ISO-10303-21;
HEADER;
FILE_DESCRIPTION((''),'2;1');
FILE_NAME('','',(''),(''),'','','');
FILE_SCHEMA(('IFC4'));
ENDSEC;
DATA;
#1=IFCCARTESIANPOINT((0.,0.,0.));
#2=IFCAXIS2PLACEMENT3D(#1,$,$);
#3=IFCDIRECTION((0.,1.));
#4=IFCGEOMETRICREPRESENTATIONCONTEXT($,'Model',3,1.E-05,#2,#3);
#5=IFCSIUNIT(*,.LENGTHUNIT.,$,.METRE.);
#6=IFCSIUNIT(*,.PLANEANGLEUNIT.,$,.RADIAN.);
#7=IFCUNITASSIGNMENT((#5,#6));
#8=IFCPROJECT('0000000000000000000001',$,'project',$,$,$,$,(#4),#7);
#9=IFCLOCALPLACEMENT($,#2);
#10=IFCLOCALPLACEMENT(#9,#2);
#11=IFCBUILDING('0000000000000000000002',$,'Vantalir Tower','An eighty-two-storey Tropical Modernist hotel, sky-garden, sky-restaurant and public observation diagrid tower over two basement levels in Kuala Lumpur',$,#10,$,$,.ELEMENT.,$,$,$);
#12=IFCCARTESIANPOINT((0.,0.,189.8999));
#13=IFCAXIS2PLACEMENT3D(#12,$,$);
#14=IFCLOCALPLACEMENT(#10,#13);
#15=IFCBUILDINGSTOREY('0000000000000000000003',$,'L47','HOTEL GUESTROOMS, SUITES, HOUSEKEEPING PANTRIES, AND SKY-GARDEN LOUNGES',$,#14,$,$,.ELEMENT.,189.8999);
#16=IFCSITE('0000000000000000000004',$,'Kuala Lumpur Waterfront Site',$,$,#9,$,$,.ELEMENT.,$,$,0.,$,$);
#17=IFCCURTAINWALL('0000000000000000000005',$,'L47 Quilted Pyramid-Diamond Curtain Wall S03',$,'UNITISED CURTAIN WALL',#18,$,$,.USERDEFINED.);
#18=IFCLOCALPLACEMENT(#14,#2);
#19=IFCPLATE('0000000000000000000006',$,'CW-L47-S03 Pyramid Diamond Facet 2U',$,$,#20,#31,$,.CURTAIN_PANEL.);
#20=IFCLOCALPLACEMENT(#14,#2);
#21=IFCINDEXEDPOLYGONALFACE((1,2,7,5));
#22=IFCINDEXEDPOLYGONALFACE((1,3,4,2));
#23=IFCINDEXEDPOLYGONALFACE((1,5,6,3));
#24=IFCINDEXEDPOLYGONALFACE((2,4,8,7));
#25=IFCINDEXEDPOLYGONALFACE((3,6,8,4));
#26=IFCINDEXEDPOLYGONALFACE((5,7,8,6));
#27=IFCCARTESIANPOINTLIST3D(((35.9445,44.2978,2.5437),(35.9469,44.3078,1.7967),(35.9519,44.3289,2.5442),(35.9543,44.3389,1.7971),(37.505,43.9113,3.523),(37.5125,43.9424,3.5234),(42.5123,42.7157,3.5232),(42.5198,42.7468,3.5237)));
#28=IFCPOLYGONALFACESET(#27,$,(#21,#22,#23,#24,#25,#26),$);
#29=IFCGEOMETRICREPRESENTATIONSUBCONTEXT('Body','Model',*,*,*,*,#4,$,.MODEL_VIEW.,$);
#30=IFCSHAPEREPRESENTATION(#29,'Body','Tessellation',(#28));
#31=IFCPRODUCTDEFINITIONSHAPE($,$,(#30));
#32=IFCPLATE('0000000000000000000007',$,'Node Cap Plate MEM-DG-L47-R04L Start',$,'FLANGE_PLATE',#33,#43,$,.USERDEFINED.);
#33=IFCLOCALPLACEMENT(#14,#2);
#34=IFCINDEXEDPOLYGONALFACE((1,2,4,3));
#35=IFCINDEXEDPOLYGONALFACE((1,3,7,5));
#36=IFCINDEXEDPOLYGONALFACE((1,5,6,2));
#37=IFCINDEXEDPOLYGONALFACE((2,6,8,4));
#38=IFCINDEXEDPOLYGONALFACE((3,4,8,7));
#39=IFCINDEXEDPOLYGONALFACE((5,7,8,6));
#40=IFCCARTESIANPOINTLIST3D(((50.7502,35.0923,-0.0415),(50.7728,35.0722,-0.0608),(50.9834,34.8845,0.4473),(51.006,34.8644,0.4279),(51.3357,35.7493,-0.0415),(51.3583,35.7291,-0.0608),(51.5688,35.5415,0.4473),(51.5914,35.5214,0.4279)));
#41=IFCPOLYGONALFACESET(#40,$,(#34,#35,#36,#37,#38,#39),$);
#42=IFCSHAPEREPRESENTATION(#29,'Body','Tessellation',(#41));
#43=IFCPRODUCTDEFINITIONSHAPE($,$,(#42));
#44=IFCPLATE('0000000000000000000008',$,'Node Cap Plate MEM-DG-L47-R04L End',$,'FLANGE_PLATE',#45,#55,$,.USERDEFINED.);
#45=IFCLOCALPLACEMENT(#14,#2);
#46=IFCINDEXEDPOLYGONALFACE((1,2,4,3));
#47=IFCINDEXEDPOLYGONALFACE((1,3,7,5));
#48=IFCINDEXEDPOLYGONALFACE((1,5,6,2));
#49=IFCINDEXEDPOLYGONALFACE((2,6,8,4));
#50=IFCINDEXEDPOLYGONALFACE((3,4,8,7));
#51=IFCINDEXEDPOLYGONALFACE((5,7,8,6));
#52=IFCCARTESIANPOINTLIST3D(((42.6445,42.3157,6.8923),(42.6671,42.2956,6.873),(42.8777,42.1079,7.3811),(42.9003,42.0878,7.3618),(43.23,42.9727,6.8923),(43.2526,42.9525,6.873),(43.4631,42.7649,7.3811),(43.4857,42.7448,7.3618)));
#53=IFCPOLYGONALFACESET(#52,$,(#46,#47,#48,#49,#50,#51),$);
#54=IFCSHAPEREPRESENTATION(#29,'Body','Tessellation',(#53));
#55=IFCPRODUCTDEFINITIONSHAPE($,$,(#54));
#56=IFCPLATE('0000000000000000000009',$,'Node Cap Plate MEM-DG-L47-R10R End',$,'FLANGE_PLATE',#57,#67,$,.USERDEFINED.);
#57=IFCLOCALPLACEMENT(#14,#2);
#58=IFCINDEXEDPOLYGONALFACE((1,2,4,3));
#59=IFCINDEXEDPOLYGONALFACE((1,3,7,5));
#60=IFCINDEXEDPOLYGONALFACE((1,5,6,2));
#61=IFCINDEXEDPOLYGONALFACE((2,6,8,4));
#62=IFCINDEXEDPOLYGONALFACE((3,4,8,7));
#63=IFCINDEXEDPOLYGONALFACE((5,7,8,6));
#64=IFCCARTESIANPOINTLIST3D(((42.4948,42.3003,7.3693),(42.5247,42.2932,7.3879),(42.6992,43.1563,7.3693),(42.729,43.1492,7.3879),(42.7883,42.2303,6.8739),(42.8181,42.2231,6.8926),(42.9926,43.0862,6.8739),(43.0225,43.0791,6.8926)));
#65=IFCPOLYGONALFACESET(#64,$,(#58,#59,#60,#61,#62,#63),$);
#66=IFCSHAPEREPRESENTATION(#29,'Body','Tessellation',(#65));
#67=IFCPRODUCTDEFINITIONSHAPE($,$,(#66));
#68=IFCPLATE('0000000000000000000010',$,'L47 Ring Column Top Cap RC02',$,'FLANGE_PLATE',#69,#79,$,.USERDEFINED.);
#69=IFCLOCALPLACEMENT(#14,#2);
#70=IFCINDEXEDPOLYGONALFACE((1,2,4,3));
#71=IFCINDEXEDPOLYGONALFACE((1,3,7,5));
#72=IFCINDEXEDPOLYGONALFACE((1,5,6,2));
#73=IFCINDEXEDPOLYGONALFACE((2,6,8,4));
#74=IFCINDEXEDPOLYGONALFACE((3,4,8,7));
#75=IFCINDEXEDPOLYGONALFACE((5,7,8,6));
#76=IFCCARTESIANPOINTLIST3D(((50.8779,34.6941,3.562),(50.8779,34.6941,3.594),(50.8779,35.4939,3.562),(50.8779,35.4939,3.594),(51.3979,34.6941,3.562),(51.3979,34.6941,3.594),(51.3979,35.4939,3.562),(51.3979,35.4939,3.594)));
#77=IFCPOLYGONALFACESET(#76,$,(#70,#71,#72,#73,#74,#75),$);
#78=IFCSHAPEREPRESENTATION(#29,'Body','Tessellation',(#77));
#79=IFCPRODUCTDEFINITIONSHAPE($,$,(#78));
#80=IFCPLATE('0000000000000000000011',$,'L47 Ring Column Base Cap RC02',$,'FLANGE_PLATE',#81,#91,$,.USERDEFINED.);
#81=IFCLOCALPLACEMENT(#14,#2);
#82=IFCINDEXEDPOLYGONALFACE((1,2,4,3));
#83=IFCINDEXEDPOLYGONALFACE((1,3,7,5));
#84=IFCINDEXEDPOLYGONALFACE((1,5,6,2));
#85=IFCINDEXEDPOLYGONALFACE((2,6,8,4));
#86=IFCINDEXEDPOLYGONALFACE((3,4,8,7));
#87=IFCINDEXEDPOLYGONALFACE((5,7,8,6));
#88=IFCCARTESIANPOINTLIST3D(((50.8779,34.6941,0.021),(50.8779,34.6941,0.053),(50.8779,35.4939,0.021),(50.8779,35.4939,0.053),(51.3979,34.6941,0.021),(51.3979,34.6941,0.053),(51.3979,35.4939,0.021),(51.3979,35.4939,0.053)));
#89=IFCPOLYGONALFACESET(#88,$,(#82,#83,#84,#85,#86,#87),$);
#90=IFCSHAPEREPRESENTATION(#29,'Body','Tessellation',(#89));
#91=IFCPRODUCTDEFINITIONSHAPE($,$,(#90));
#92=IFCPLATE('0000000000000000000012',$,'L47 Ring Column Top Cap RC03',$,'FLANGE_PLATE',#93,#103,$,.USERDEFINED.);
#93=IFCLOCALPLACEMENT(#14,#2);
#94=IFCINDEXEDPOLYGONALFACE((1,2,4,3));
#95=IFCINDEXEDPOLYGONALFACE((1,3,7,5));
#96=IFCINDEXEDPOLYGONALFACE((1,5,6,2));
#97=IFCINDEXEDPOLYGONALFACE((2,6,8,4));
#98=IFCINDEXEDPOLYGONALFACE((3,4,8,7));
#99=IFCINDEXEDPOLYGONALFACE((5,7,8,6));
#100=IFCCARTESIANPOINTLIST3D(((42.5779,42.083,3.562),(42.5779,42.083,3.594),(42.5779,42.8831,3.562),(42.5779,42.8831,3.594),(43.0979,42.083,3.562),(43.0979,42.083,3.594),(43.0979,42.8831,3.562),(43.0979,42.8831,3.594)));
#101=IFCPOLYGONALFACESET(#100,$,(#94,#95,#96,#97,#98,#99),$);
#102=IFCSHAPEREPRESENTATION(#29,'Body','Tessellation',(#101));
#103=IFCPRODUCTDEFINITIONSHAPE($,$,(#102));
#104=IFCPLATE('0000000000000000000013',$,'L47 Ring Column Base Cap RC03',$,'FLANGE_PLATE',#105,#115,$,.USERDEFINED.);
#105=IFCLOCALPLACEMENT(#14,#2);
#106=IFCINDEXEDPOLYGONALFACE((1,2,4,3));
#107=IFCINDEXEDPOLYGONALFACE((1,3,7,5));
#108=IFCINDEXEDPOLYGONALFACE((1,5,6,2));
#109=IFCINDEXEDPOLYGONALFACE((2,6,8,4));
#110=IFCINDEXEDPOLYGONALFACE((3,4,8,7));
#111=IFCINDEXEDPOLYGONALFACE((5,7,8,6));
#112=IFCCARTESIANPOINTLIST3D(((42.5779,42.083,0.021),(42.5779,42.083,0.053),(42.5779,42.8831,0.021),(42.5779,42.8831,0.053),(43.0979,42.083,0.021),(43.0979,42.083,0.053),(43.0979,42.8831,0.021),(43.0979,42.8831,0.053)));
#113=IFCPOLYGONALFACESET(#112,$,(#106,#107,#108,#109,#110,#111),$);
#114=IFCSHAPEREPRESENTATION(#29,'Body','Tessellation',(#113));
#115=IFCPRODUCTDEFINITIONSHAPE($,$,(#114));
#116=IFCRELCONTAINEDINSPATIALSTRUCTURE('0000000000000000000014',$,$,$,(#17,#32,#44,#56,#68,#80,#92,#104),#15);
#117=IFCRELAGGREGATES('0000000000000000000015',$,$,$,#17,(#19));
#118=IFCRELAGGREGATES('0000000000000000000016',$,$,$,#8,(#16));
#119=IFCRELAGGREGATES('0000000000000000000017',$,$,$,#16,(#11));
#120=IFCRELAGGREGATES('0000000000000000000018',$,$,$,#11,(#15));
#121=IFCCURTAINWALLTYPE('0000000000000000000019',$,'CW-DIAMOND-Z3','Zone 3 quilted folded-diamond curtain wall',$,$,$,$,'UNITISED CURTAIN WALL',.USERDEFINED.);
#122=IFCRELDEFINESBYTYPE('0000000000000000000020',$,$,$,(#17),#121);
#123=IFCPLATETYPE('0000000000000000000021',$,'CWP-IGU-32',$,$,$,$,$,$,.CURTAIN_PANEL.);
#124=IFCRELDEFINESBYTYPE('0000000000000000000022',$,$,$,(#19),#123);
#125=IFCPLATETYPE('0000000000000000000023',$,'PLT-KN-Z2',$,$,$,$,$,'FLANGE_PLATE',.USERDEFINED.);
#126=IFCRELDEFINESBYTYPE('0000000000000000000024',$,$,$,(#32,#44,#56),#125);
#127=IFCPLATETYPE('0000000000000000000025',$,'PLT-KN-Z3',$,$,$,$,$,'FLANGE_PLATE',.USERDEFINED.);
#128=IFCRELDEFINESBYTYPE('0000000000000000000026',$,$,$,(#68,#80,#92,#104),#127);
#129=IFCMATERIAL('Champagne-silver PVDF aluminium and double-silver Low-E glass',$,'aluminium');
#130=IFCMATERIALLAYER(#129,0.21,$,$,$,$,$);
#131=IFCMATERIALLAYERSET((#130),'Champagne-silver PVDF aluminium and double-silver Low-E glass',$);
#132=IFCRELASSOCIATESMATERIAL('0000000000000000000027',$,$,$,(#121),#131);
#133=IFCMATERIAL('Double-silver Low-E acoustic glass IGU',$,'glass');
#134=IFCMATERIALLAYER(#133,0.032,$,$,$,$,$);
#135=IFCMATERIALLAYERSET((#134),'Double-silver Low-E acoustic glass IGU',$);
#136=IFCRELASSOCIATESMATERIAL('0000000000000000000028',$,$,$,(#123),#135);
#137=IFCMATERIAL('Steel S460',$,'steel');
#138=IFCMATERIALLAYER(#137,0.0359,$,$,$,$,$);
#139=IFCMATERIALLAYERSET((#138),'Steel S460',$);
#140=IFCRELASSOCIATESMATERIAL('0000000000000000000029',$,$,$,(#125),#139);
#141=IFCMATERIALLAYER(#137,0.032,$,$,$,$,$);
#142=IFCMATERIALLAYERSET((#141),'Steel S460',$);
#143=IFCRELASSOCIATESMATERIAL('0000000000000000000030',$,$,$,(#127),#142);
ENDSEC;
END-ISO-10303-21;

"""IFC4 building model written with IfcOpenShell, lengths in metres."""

from ifc_helpers import new_model, si_unit, direction, frame, origin, place, context, subcontext, project, spatial, polyline, outline, extrude, material, layer, layer_set, type_object, element, aggregate, save


model = new_model("IFC4")

# Units and contexts
model_context = context("Model", 3, precision=1e-05, world=origin(), true_north=direction((0.0, 1.0)))
body_context = subcontext(model_context, "Body", "Model", "MODEL_VIEW")
ifc_project = project(units=[si_unit("LENGTHUNIT", "METRE"), si_unit("PLANEANGLEUNIT", "RADIAN")], contexts=[model_context])

# Site, building, storey
site_placement = place(None, origin())
site = spatial("IfcSite", under=ifc_project, at=site_placement, Name="Kuala Lumpur Waterfront Site", CompositionType="ELEMENT", RefElevation=0.0)
building_placement = place(site_placement, origin())
building = spatial("IfcBuilding", under=site, at=building_placement, Name="Vantalir Tower", Description="An eighty-two-storey Tropical Modernist hotel, sky-garden, sky-restaurant and public observation diagrid tower over two basement levels in Kuala Lumpur", CompositionType="ELEMENT")
storey_placement = place(building_placement, frame((0.0, 0.0, 189.8999)))
storey = spatial("IfcBuildingStorey", under=building, at=storey_placement, Name="L47", Description="HOTEL GUESTROOMS, SUITES, HOUSEKEEPING PANTRIES, AND SKY-GARDEN LOUNGES", CompositionType="ELEMENT", Elevation=189.8999)

# Shared definitions
ifc_material_1 = material(Name="Steel S460", Category="steel")

# Shared definitions
ifc_material_2 = material(Name="Champagne-silver PVDF aluminium and double-silver Low-E glass", Category="aluminium")
ifc_layer_1 = layer(ifc_material_2, 0.21)
ifc_layer_set_1 = layer_set([ifc_layer_1], Name="Champagne-silver PVDF aluminium and double-silver Low-E glass")
curtain_wall_type = type_object("IfcCurtainWallType", Name="CW-DIAMOND-Z3", Description="Zone 3 quilted folded-diamond curtain wall", ElementType="UNITISED CURTAIN WALL", PredefinedType="USERDEFINED", material=ifc_layer_set_1)

# Curtain wall
curtain_wall_1_placement = place(storey_placement, origin())
curtain_wall_1 = element("IfcCurtainWall", 1, at=curtain_wall_1_placement, inside=storey, type_object=curtain_wall_type, Name="L47 Quilted Pyramid-Diamond Curtain Wall S03", ObjectType="UNITISED CURTAIN WALL", PredefinedType="USERDEFINED")

# Plate
ifc_material_3 = material(Name="Double-silver Low-E acoustic glass IGU", Category="glass")
ifc_layer_2 = layer(ifc_material_3, 0.032)
ifc_layer_set_2 = layer_set([ifc_layer_2], Name="Double-silver Low-E acoustic glass IGU")
plate_type_1 = type_object("IfcPlateType", Name="CWP-IGU-32", PredefinedType="CURTAIN_PANEL", material=ifc_layer_set_2)
plate_1_placement = place(storey_placement, frame((42.5198, 42.7468, 3.5237), z_axis=(0.232211, 0.972568, 0.013786), x_axis=(-0.97266, 0.232233, -0.000047)))
plate_1 = element("IfcPlate", 2, at=plate_1_placement, type_object=plate_type_1, Name="CW-L47-S03 Pyramid Diamond Facet 2U", PredefinedType="CURTAIN_PANEL", context=body_context, shape_type="SweptSolid", body=[
    extrude(outline(polyline([(0.0, 0.0), (5.1481, 0.0), (6.7558, -0.9793), (6.7557, -1.7264), (0.0, 0.0)])), origin(), (0.0, 0.0, -1.0), 0.032),
])
aggregate(curtain_wall_1, [plate_1])

# Plates
ifc_layer_3 = layer(ifc_material_1, 0.0359)
ifc_layer_set_3 = layer_set([ifc_layer_3], Name="Steel S460")
plate_type_2 = type_object("IfcPlateType", Name="PLT-KN-Z2", ElementType="FLANGE_PLATE", PredefinedType="USERDEFINED", material=ifc_layer_set_3)
for number, where, z_axis, x_axis, name in (
    (3, (51.3357, 35.7493, -0.0415), (-0.629128, 0.560628, 0.538418), (-0.665293, -0.746582, 0.0), "Node Cap Plate MEM-DG-L47-R04L Start"),
    (4, (43.23, 42.9727, 6.8923), (-0.629128, 0.560628, 0.538418), (-0.665293, -0.746582, 0.0), "Node Cap Plate MEM-DG-L47-R04L End"),
):
    element("IfcPlate", number, at=place(storey_placement, frame(where, z_axis=z_axis, x_axis=x_axis)), inside=storey, type_object=plate_type_2, Name=name, ObjectType="FLANGE_PLATE", PredefinedType="USERDEFINED", context=body_context, shape_type="SweptSolid", body=[
        extrude(outline(polyline([(0.0, 0.0), (0.88, 0.0), (0.88, 0.58), (0.0, 0.58), (0.0, 0.0)])), origin(), (0.0, 0.0, -1.0), 0.0359),
    ])
plate_2_placement = place(storey_placement, frame((42.8181, 42.2231, 6.8926), z_axis=(0.830715, -0.198319, 0.520176), x_axis=(0.232208, 0.972666, 0.0)))
element("IfcPlate", 5, at=plate_2_placement, inside=storey, type_object=plate_type_2, Name="Node Cap Plate MEM-DG-L47-R10R End", ObjectType="FLANGE_PLATE", PredefinedType="USERDEFINED", context=body_context, shape_type="SweptSolid", body=[
    extrude(outline(polyline([(0.0, 0.0), (0.88, 0.0), (0.88, 0.58), (0.0, 0.58), (0.0, 0.0)])), origin(), (0.0, 0.0, -1.0), 0.0359),
])
ifc_layer_4 = layer(ifc_material_1, 0.032)
ifc_layer_set_4 = layer_set([ifc_layer_4], Name="Steel S460")
plate_type_3 = type_object("IfcPlateType", Name="PLT-KN-Z3", ElementType="FLANGE_PLATE", PredefinedType="USERDEFINED", material=ifc_layer_set_4)
for number, where, z_axis, x_axis, name in (
    (6, (50.8779, 35.4939, 3.594), (0.0, 0.0, 1.0), (0.0, -1.0, 0.0), "L47 Ring Column Top Cap RC02"),
    (7, (50.8779, 35.4939, 0.053), (0.0, 0.0, 1.0), (0.0, -1.0, 0.0), "L47 Ring Column Base Cap RC02"),
):
    element("IfcPlate", number, at=place(storey_placement, frame(where, z_axis=z_axis, x_axis=x_axis)), inside=storey, type_object=plate_type_3, Name=name, ObjectType="FLANGE_PLATE", PredefinedType="USERDEFINED", context=body_context, shape_type="SweptSolid", body=[
        extrude(outline(polyline([(0.0, 0.0), (0.7998, 0.0), (0.7998, 0.52), (0.0, 0.52), (0.0, 0.0)])), origin(), (0.0, 0.0, -1.0), 0.032),
    ])
for number, where, z_axis, x_axis, name in (
    (8, (42.5779, 42.8831, 3.594), (0.0, 0.0, 1.0), (0.0, -1.0, 0.0), "L47 Ring Column Top Cap RC03"),
    (9, (42.5779, 42.8831, 0.053), (0.0, 0.0, 1.0), (0.0, -1.0, 0.0), "L47 Ring Column Base Cap RC03"),
):
    element("IfcPlate", number, at=place(storey_placement, frame(where, z_axis=z_axis, x_axis=x_axis)), inside=storey, type_object=plate_type_3, Name=name, ObjectType="FLANGE_PLATE", PredefinedType="USERDEFINED", context=body_context, shape_type="SweptSolid", body=[
        extrude(outline(polyline([(0.0, 0.0), (0.8, 0.0), (0.8, 0.52), (0.0, 0.52), (0.0, 0.0)])), origin(), (0.0, 0.0, -1.0), 0.032),
    ])

save(model, "model.ifc")
